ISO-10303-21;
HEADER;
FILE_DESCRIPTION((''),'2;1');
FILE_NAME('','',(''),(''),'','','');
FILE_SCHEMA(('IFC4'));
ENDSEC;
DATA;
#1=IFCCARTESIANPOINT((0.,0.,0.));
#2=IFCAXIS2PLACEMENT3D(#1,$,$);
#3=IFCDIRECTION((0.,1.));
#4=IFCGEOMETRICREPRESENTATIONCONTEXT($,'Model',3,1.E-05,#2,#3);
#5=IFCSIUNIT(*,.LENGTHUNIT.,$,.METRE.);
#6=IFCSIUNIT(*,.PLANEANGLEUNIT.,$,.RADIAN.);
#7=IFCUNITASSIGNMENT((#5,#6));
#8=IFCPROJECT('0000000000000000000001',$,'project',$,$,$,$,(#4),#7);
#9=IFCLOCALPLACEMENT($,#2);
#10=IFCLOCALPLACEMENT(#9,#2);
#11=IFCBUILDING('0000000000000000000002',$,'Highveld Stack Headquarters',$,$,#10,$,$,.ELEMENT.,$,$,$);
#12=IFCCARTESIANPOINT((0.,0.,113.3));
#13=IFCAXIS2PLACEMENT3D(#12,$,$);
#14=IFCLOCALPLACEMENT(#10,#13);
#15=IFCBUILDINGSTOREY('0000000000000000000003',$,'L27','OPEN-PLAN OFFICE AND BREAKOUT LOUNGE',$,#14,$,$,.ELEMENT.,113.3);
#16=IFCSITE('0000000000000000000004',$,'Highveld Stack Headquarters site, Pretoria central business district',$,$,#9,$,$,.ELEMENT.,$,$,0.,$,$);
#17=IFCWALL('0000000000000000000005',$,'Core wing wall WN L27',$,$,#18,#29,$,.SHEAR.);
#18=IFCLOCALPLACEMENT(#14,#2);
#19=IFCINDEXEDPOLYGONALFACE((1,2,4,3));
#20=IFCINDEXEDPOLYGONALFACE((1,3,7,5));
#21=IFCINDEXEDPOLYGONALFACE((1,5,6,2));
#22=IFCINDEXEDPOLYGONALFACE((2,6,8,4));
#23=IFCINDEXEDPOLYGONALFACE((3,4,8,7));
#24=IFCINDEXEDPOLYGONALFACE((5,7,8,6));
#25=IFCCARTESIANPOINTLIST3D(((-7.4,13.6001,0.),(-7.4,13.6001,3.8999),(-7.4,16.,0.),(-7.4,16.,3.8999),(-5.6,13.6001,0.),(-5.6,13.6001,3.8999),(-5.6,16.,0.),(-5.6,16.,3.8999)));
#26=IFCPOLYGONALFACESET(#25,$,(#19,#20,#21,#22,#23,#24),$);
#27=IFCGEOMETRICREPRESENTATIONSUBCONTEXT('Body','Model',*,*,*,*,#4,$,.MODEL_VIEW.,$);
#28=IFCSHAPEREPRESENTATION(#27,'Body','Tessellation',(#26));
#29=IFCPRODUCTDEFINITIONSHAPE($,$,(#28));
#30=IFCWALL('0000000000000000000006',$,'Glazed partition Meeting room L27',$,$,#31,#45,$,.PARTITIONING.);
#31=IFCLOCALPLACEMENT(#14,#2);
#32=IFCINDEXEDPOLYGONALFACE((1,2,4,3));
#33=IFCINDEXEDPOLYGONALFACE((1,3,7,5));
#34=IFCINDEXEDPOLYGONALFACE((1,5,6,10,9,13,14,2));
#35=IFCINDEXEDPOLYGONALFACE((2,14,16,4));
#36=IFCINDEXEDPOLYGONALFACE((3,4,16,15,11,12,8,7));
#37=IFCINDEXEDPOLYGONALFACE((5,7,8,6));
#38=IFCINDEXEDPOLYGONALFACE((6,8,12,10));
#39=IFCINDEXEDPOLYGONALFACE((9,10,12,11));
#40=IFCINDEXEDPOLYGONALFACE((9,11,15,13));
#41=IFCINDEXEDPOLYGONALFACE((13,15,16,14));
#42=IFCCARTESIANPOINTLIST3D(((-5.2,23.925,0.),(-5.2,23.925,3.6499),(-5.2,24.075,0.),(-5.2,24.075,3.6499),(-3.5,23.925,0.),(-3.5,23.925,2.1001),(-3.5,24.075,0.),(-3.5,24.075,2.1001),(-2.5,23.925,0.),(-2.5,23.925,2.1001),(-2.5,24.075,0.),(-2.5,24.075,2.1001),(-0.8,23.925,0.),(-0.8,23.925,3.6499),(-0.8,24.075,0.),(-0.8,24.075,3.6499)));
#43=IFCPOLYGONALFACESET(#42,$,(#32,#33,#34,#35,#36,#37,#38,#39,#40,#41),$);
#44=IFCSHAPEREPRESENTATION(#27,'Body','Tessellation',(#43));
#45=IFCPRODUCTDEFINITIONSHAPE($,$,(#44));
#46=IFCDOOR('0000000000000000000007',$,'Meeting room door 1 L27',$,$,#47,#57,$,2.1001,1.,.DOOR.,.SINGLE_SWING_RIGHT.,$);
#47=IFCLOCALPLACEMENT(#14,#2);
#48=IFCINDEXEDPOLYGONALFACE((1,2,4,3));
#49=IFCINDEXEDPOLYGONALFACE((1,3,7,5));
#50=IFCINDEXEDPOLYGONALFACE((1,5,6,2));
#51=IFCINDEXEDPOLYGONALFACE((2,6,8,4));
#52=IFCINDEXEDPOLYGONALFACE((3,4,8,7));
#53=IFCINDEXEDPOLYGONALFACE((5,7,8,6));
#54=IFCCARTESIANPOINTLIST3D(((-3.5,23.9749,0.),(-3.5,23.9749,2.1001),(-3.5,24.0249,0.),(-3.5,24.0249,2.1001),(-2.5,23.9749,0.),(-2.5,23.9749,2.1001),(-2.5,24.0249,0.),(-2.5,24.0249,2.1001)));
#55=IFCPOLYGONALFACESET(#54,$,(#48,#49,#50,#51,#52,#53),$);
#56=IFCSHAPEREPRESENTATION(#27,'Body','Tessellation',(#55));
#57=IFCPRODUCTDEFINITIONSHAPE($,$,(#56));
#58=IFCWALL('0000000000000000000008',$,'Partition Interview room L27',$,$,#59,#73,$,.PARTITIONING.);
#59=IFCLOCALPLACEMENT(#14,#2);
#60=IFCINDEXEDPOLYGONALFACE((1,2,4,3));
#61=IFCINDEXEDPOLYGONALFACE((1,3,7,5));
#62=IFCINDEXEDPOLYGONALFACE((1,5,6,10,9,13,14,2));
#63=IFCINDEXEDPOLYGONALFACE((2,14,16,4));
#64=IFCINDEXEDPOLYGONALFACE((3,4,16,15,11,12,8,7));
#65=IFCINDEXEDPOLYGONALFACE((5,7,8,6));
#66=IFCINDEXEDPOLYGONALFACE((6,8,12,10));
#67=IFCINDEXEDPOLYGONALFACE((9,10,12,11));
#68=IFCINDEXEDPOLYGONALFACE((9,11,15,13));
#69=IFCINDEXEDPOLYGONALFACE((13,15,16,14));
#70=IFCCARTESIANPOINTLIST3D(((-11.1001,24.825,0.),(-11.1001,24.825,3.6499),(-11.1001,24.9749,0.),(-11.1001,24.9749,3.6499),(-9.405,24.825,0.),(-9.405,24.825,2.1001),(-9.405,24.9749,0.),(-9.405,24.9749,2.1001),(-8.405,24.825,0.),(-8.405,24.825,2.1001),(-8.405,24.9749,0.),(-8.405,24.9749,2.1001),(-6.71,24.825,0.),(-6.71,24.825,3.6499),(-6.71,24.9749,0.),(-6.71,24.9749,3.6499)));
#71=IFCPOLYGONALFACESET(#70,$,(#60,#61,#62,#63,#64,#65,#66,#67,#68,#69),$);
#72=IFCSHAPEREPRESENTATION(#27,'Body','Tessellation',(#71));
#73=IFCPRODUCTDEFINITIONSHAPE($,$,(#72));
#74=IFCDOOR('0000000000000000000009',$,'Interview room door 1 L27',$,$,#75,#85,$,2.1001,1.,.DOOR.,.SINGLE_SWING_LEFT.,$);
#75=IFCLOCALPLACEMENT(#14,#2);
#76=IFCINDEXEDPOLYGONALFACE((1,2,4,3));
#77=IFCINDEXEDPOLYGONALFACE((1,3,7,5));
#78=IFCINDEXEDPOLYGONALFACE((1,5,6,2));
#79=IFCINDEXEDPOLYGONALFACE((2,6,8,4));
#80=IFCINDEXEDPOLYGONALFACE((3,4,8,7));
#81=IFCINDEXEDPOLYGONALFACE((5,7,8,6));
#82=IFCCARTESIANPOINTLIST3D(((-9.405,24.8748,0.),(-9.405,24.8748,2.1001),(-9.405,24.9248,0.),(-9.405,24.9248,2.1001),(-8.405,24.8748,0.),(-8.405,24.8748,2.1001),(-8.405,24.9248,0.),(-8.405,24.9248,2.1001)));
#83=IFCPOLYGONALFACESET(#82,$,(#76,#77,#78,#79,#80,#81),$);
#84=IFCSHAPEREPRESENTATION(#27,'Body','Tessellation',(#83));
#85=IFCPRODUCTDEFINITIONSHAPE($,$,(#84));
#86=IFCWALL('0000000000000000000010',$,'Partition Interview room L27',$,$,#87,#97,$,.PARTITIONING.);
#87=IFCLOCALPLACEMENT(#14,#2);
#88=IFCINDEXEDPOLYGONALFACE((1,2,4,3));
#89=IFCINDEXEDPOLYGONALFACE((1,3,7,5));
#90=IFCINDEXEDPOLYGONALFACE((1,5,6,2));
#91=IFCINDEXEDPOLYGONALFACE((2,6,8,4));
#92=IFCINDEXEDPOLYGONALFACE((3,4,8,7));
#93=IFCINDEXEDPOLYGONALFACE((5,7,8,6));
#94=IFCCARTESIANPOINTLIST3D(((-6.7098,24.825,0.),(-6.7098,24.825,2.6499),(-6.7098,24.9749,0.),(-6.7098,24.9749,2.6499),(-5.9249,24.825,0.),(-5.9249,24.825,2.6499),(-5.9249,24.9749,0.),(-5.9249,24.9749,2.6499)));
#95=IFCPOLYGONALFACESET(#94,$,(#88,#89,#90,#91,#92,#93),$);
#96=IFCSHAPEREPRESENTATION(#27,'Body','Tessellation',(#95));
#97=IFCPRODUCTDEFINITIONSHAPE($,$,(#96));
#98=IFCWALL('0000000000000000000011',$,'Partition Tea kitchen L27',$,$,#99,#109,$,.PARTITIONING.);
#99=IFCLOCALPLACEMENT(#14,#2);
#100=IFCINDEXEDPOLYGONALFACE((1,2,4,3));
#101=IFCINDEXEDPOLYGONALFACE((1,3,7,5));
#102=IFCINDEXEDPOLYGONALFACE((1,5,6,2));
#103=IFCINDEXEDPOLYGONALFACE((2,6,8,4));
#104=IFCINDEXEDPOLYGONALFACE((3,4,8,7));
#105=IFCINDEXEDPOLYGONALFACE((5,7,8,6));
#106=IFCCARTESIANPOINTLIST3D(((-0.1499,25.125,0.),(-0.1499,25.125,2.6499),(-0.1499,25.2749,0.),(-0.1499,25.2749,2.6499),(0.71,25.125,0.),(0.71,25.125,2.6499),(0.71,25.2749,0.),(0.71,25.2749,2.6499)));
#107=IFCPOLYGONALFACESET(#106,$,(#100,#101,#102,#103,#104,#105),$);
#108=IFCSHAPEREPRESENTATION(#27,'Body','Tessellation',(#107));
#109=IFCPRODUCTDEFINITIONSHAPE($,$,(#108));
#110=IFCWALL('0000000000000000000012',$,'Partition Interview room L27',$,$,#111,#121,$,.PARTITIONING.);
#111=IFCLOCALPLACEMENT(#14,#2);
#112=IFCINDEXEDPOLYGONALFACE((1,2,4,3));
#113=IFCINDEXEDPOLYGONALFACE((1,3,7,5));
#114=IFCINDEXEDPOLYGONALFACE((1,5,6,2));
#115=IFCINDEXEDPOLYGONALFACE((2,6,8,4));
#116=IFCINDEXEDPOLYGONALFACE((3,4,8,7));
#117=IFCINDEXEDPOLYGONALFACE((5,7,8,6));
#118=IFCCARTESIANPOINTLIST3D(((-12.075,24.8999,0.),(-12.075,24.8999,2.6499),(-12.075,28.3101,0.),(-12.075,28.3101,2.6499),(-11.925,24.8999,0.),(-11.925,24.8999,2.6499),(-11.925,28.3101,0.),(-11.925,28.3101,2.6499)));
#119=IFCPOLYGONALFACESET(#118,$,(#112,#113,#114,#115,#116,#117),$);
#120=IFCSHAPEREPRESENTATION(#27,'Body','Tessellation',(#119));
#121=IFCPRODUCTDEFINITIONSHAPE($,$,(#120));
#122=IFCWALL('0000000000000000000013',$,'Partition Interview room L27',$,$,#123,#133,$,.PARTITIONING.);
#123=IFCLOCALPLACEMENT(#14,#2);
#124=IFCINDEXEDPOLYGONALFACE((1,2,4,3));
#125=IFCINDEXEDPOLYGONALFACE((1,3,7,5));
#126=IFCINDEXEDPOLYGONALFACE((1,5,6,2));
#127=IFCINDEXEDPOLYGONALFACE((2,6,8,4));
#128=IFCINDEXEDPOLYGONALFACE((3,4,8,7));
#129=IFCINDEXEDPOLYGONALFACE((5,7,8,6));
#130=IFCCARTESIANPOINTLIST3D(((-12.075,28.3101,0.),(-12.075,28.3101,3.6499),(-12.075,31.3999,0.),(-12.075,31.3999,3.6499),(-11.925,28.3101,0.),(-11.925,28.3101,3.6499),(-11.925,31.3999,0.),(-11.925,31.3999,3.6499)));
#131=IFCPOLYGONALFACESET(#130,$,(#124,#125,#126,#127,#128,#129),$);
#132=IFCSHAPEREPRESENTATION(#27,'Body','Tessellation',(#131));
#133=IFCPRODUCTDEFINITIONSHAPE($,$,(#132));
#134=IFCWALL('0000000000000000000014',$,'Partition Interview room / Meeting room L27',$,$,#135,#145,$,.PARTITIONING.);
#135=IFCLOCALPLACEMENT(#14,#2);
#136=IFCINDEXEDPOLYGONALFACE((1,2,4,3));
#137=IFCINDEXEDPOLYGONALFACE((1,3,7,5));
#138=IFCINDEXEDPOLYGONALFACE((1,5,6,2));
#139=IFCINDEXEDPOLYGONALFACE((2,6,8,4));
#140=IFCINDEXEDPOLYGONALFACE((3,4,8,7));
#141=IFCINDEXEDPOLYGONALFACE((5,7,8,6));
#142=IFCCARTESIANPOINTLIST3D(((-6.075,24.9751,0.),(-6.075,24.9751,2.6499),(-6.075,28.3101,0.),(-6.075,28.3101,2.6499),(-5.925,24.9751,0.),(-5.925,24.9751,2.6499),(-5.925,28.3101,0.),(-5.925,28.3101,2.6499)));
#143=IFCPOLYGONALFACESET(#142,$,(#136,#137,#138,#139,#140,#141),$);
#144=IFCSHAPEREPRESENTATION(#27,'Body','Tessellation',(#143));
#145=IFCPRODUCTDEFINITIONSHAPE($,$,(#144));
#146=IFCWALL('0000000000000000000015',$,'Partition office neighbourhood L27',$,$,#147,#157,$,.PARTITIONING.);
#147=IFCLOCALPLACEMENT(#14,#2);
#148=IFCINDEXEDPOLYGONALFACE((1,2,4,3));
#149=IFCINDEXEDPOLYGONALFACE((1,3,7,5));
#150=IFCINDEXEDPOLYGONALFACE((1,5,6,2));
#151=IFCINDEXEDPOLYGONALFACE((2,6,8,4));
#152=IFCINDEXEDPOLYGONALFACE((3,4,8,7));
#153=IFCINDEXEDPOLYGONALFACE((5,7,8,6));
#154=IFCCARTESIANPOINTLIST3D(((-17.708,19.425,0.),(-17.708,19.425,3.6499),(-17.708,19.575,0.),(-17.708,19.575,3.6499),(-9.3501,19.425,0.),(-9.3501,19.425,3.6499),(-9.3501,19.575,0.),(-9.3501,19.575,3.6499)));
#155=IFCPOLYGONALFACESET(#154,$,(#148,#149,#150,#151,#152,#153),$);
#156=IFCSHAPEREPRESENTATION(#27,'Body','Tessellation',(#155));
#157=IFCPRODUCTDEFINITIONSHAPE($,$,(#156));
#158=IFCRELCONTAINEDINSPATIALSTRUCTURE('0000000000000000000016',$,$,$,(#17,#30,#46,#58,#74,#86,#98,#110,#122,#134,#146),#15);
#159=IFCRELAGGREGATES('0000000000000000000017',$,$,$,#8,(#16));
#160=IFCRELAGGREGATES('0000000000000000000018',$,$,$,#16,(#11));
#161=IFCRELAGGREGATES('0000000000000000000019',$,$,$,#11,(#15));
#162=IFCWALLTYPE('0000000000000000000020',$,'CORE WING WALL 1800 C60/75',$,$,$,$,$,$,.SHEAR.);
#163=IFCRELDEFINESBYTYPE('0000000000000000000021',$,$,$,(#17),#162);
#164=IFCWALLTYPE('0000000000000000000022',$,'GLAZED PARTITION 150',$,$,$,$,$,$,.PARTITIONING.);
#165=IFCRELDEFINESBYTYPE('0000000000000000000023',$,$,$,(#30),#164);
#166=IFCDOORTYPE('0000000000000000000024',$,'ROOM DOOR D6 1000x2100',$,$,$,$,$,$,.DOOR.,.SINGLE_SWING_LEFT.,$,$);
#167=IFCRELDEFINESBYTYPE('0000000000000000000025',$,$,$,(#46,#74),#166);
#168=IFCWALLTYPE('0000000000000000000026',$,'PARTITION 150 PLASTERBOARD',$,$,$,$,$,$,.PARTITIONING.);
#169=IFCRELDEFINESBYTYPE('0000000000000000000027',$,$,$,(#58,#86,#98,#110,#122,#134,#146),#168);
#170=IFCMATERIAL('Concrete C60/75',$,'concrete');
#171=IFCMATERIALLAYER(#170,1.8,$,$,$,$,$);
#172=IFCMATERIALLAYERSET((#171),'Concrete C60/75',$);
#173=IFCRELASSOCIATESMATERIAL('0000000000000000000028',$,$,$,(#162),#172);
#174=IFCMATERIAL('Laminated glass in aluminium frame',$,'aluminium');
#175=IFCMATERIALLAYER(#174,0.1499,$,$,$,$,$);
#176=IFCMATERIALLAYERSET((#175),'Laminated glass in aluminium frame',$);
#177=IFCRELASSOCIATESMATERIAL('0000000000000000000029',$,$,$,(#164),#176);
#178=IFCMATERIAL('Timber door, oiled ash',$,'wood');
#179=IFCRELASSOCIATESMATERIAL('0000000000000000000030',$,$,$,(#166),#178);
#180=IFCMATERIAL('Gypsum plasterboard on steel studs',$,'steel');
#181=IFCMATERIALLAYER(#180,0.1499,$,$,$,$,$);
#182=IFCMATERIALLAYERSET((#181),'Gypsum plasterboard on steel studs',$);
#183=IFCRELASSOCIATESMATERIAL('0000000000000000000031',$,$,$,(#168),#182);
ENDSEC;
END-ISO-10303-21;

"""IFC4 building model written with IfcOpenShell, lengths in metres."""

from ifc_helpers import new_model, si_unit, direction, frame, frame_2d, origin, place, context, subcontext, project, spatial, rectangle, extrude, material, layer, layer_set, type_object, element, fill, save


model = new_model("IFC4")

# Units and contexts
model_context = context("Model", 3, precision=1e-05, world=origin(), true_north=direction((0.0, 1.0)))
body_context = subcontext(model_context, "Body", "Model", "MODEL_VIEW")
ifc_project = project(units=[si_unit("LENGTHUNIT", "METRE"), si_unit("PLANEANGLEUNIT", "RADIAN")], contexts=[model_context])

# Site, building, storey
site_placement = place(None, origin())
site = spatial("IfcSite", under=ifc_project, at=site_placement, Name="Highveld Stack Headquarters site, Pretoria central business district", CompositionType="ELEMENT", RefElevation=0.0)
building_placement = place(site_placement, origin())
building = spatial("IfcBuilding", under=site, at=building_placement, Name="Highveld Stack Headquarters", CompositionType="ELEMENT")
storey_placement = place(building_placement, frame((0.0, 0.0, 113.3)))
storey = spatial("IfcBuildingStorey", under=building, at=storey_placement, Name="L27", Description="OPEN-PLAN OFFICE AND BREAKOUT LOUNGE", CompositionType="ELEMENT", Elevation=113.3)

# Wall
ifc_material_1 = material(Name="Concrete C60/75", Category="concrete")
ifc_layer_1 = layer(ifc_material_1, 1.8)
ifc_layer_set_1 = layer_set([ifc_layer_1], Name="Concrete C60/75")
wall_type_1 = type_object("IfcWallType", Name="CORE WING WALL 1800 C60/75", PredefinedType="SHEAR", material=ifc_layer_set_1)
wall_1_placement = place(storey_placement, frame((-6.5, 13.6001, 0.0), z_axis=(0.0, 0.0, 1.0), x_axis=(0.0, 1.0, 0.0)))
element("IfcWall", 1, at=wall_1_placement, inside=storey, type_object=wall_type_1, Name="Core wing wall WN L27", PredefinedType="SHEAR", context=body_context, shape_type="SweptSolid", body=[
    extrude(rectangle(XDim=2.3999, YDim=1.8, at=frame_2d((1.2, 0.0))), origin(), (0.0, 0.0, 1.0), 3.8999),
])

# Walls, openings, doors
ifc_material_2 = material(Name="Laminated glass in aluminium frame", Category="aluminium")
ifc_layer_2 = layer(ifc_material_2, 0.1499)
ifc_layer_set_2 = layer_set([ifc_layer_2], Name="Laminated glass in aluminium frame")
wall_type_2 = type_object("IfcWallType", Name="GLAZED PARTITION 150", PredefinedType="PARTITIONING", material=ifc_layer_set_2)
wall_2_placement = place(storey_placement, frame((-5.2, 24.0, 0.0), z_axis=(0.0, 0.0, 1.0), x_axis=(1.0, 0.0, 0.0)))
wall_2 = element("IfcWall", 2, at=wall_2_placement, inside=storey, type_object=wall_type_2, Name="Glazed partition Meeting room L27", PredefinedType="PARTITIONING", context=body_context, shape_type="SweptSolid", body=[
    extrude(rectangle(XDim=4.3999, YDim=0.1499, at=frame_2d((2.2, 0.0))), origin(), (0.0, 0.0, 1.0), 3.6499),
])
opening_1_placement = place(wall_2_placement, frame((1.7, 0.0, 0.0)))
opening_1 = element("IfcOpeningElement", 3, at=opening_1_placement, cuts=wall_2, PredefinedType="OPENING", context=body_context, shape_type="SweptSolid", body=[
    extrude(rectangle(XDim=1.0, YDim=2.1001, at=frame_2d((0.5, 1.05))), frame((0.0, 0.085, 0.0), z_axis=(0.0, -1.0, 0.0), x_axis=(1.0, 0.0, 0.0)), (0.0, 0.0, 1.0), 0.1699),
])
ifc_material_3 = material(Name="Timber door, oiled ash", Category="wood")
door_type = type_object("IfcDoorType", Name="ROOM DOOR D6 1000x2100", OperationType="SINGLE_SWING_LEFT", PredefinedType="DOOR", material=ifc_material_3)
door_1_placement = place(opening_1_placement, origin())
door_1 = element("IfcDoor", 4, at=door_1_placement, inside=storey, type_object=door_type, Name="Meeting room door 1 L27", OperationType="SINGLE_SWING_RIGHT", OverallHeight=2.1001, OverallWidth=1.0, PredefinedType="DOOR", context=body_context, shape_type="SweptSolid", body=[
    extrude(rectangle(XDim=1.0, YDim=2.1001, at=frame_2d((0.5, 1.05))), frame((0.0, 0.0249, 0.0), z_axis=(0.0, -1.0, 0.0), x_axis=(1.0, 0.0, 0.0)), (0.0, 0.0, 1.0), 0.05),
])
fill(opening_1, door_1)
ifc_material_4 = material(Name="Gypsum plasterboard on steel studs", Category="steel")
ifc_layer_3 = layer(ifc_material_4, 0.1499)
ifc_layer_set_3 = layer_set([ifc_layer_3], Name="Gypsum plasterboard on steel studs")
wall_type_3 = type_object("IfcWallType", Name="PARTITION 150 PLASTERBOARD", PredefinedType="PARTITIONING", material=ifc_layer_set_3)
wall_3_placement = place(storey_placement, frame((-11.1001, 24.8999, 0.0), z_axis=(0.0, 0.0, 1.0), x_axis=(1.0, 0.0, 0.0)))
wall_3 = element("IfcWall", 5, at=wall_3_placement, inside=storey, type_object=wall_type_3, Name="Partition Interview room L27", PredefinedType="PARTITIONING", context=body_context, shape_type="SweptSolid", body=[
    extrude(rectangle(XDim=4.3901, YDim=0.1499, at=frame_2d((2.1951, 0.0))), origin(), (0.0, 0.0, 1.0), 3.6499),
])
opening_2_placement = place(wall_3_placement, frame((1.6951, 0.0, 0.0)))
opening_2 = element("IfcOpeningElement", 6, at=opening_2_placement, cuts=wall_3, PredefinedType="OPENING", context=body_context, shape_type="SweptSolid", body=[
    extrude(rectangle(XDim=1.0, YDim=2.1001, at=frame_2d((0.5, 1.05))), frame((0.0, 0.085, 0.0), z_axis=(0.0, -1.0, 0.0), x_axis=(1.0, 0.0, 0.0)), (0.0, 0.0, 1.0), 0.1699),
])
door_2_placement = place(opening_2_placement, origin())
door_2 = element("IfcDoor", 7, at=door_2_placement, inside=storey, type_object=door_type, Name="Interview room door 1 L27", OperationType="SINGLE_SWING_LEFT", OverallHeight=2.1001, OverallWidth=1.0, PredefinedType="DOOR", context=body_context, shape_type="SweptSolid", body=[
    extrude(rectangle(XDim=1.0, YDim=2.1001, at=frame_2d((0.5, 1.05))), frame((0.0, 0.0249, 0.0), z_axis=(0.0, -1.0, 0.0), x_axis=(1.0, 0.0, 0.0)), (0.0, 0.0, 1.0), 0.05),
])
fill(opening_2, door_2)

# Walls
wall_4_placement = place(storey_placement, frame((-6.71, 24.8999, 0.0), z_axis=(0.0, 0.0, 1.0), x_axis=(1.0, 0.0, 0.0)))
element("IfcWall", 8, at=wall_4_placement, inside=storey, type_object=wall_type_3, Name="Partition Interview room L27", PredefinedType="PARTITIONING", context=body_context, shape_type="SweptSolid", body=[
    extrude(rectangle(XDim=0.7849, YDim=0.1499, at=frame_2d((0.3926, 0.0))), origin(), (0.0, 0.0, 1.0), 2.6499),
])
wall_5_placement = place(storey_placement, frame((-0.1499, 25.2, 0.0), z_axis=(0.0, 0.0, 1.0), x_axis=(1.0, 0.0, 0.0)))
element("IfcWall", 9, at=wall_5_placement, inside=storey, type_object=wall_type_3, Name="Partition Tea kitchen L27", PredefinedType="PARTITIONING", context=body_context, shape_type="SweptSolid", body=[
    extrude(rectangle(XDim=0.8599, YDim=0.1499, at=frame_2d((0.4299, 0.0))), origin(), (0.0, 0.0, 1.0), 2.6499),
])
wall_6_placement = place(storey_placement, frame((-12.0, 24.8999, 0.0), z_axis=(0.0, 0.0, 1.0), x_axis=(0.0, 1.0, 0.0)))
element("IfcWall", 10, at=wall_6_placement, inside=storey, type_object=wall_type_3, Name="Partition Interview room L27", PredefinedType="PARTITIONING", context=body_context, shape_type="SweptSolid", body=[
    extrude(rectangle(XDim=3.4102, YDim=0.1499, at=frame_2d((1.7051, 0.0))), origin(), (0.0, 0.0, 1.0), 2.6499),
])
wall_7_placement = place(storey_placement, frame((-12.0, 28.3101, 0.0), z_axis=(0.0, 0.0, 1.0), x_axis=(0.0, 1.0, 0.0)))
element("IfcWall", 11, at=wall_7_placement, inside=storey, type_object=wall_type_3, Name="Partition Interview room L27", PredefinedType="PARTITIONING", context=body_context, shape_type="SweptSolid", body=[
    extrude(rectangle(XDim=3.0898, YDim=0.1499, at=frame_2d((1.5449, 0.0))), origin(), (0.0, 0.0, 1.0), 3.6499),
])
wall_8_placement = place(storey_placement, frame((-6.0, 24.9751, 0.0), z_axis=(0.0, 0.0, 1.0), x_axis=(0.0, 1.0, 0.0)))
element("IfcWall", 12, at=wall_8_placement, inside=storey, type_object=wall_type_3, Name="Partition Interview room / Meeting room L27", PredefinedType="PARTITIONING", context=body_context, shape_type="SweptSolid", body=[
    extrude(rectangle(XDim=3.335, YDim=0.1499, at=frame_2d((1.6675, 0.0))), origin(), (0.0, 0.0, 1.0), 2.6499),
])
wall_9_placement = place(storey_placement, frame((-17.708, 19.5, 0.0), z_axis=(0.0, 0.0, 1.0), x_axis=(1.0, 0.0, 0.0)))
element("IfcWall", 13, at=wall_9_placement, inside=storey, type_object=wall_type_3, Name="Partition office neighbourhood L27", PredefinedType="PARTITIONING", context=body_context, shape_type="SweptSolid", body=[
    extrude(rectangle(XDim=8.3579, YDim=0.1499, at=frame_2d((4.179, 0.0))), origin(), (0.0, 0.0, 1.0), 3.6499),
])

save(model, "model.ifc")
